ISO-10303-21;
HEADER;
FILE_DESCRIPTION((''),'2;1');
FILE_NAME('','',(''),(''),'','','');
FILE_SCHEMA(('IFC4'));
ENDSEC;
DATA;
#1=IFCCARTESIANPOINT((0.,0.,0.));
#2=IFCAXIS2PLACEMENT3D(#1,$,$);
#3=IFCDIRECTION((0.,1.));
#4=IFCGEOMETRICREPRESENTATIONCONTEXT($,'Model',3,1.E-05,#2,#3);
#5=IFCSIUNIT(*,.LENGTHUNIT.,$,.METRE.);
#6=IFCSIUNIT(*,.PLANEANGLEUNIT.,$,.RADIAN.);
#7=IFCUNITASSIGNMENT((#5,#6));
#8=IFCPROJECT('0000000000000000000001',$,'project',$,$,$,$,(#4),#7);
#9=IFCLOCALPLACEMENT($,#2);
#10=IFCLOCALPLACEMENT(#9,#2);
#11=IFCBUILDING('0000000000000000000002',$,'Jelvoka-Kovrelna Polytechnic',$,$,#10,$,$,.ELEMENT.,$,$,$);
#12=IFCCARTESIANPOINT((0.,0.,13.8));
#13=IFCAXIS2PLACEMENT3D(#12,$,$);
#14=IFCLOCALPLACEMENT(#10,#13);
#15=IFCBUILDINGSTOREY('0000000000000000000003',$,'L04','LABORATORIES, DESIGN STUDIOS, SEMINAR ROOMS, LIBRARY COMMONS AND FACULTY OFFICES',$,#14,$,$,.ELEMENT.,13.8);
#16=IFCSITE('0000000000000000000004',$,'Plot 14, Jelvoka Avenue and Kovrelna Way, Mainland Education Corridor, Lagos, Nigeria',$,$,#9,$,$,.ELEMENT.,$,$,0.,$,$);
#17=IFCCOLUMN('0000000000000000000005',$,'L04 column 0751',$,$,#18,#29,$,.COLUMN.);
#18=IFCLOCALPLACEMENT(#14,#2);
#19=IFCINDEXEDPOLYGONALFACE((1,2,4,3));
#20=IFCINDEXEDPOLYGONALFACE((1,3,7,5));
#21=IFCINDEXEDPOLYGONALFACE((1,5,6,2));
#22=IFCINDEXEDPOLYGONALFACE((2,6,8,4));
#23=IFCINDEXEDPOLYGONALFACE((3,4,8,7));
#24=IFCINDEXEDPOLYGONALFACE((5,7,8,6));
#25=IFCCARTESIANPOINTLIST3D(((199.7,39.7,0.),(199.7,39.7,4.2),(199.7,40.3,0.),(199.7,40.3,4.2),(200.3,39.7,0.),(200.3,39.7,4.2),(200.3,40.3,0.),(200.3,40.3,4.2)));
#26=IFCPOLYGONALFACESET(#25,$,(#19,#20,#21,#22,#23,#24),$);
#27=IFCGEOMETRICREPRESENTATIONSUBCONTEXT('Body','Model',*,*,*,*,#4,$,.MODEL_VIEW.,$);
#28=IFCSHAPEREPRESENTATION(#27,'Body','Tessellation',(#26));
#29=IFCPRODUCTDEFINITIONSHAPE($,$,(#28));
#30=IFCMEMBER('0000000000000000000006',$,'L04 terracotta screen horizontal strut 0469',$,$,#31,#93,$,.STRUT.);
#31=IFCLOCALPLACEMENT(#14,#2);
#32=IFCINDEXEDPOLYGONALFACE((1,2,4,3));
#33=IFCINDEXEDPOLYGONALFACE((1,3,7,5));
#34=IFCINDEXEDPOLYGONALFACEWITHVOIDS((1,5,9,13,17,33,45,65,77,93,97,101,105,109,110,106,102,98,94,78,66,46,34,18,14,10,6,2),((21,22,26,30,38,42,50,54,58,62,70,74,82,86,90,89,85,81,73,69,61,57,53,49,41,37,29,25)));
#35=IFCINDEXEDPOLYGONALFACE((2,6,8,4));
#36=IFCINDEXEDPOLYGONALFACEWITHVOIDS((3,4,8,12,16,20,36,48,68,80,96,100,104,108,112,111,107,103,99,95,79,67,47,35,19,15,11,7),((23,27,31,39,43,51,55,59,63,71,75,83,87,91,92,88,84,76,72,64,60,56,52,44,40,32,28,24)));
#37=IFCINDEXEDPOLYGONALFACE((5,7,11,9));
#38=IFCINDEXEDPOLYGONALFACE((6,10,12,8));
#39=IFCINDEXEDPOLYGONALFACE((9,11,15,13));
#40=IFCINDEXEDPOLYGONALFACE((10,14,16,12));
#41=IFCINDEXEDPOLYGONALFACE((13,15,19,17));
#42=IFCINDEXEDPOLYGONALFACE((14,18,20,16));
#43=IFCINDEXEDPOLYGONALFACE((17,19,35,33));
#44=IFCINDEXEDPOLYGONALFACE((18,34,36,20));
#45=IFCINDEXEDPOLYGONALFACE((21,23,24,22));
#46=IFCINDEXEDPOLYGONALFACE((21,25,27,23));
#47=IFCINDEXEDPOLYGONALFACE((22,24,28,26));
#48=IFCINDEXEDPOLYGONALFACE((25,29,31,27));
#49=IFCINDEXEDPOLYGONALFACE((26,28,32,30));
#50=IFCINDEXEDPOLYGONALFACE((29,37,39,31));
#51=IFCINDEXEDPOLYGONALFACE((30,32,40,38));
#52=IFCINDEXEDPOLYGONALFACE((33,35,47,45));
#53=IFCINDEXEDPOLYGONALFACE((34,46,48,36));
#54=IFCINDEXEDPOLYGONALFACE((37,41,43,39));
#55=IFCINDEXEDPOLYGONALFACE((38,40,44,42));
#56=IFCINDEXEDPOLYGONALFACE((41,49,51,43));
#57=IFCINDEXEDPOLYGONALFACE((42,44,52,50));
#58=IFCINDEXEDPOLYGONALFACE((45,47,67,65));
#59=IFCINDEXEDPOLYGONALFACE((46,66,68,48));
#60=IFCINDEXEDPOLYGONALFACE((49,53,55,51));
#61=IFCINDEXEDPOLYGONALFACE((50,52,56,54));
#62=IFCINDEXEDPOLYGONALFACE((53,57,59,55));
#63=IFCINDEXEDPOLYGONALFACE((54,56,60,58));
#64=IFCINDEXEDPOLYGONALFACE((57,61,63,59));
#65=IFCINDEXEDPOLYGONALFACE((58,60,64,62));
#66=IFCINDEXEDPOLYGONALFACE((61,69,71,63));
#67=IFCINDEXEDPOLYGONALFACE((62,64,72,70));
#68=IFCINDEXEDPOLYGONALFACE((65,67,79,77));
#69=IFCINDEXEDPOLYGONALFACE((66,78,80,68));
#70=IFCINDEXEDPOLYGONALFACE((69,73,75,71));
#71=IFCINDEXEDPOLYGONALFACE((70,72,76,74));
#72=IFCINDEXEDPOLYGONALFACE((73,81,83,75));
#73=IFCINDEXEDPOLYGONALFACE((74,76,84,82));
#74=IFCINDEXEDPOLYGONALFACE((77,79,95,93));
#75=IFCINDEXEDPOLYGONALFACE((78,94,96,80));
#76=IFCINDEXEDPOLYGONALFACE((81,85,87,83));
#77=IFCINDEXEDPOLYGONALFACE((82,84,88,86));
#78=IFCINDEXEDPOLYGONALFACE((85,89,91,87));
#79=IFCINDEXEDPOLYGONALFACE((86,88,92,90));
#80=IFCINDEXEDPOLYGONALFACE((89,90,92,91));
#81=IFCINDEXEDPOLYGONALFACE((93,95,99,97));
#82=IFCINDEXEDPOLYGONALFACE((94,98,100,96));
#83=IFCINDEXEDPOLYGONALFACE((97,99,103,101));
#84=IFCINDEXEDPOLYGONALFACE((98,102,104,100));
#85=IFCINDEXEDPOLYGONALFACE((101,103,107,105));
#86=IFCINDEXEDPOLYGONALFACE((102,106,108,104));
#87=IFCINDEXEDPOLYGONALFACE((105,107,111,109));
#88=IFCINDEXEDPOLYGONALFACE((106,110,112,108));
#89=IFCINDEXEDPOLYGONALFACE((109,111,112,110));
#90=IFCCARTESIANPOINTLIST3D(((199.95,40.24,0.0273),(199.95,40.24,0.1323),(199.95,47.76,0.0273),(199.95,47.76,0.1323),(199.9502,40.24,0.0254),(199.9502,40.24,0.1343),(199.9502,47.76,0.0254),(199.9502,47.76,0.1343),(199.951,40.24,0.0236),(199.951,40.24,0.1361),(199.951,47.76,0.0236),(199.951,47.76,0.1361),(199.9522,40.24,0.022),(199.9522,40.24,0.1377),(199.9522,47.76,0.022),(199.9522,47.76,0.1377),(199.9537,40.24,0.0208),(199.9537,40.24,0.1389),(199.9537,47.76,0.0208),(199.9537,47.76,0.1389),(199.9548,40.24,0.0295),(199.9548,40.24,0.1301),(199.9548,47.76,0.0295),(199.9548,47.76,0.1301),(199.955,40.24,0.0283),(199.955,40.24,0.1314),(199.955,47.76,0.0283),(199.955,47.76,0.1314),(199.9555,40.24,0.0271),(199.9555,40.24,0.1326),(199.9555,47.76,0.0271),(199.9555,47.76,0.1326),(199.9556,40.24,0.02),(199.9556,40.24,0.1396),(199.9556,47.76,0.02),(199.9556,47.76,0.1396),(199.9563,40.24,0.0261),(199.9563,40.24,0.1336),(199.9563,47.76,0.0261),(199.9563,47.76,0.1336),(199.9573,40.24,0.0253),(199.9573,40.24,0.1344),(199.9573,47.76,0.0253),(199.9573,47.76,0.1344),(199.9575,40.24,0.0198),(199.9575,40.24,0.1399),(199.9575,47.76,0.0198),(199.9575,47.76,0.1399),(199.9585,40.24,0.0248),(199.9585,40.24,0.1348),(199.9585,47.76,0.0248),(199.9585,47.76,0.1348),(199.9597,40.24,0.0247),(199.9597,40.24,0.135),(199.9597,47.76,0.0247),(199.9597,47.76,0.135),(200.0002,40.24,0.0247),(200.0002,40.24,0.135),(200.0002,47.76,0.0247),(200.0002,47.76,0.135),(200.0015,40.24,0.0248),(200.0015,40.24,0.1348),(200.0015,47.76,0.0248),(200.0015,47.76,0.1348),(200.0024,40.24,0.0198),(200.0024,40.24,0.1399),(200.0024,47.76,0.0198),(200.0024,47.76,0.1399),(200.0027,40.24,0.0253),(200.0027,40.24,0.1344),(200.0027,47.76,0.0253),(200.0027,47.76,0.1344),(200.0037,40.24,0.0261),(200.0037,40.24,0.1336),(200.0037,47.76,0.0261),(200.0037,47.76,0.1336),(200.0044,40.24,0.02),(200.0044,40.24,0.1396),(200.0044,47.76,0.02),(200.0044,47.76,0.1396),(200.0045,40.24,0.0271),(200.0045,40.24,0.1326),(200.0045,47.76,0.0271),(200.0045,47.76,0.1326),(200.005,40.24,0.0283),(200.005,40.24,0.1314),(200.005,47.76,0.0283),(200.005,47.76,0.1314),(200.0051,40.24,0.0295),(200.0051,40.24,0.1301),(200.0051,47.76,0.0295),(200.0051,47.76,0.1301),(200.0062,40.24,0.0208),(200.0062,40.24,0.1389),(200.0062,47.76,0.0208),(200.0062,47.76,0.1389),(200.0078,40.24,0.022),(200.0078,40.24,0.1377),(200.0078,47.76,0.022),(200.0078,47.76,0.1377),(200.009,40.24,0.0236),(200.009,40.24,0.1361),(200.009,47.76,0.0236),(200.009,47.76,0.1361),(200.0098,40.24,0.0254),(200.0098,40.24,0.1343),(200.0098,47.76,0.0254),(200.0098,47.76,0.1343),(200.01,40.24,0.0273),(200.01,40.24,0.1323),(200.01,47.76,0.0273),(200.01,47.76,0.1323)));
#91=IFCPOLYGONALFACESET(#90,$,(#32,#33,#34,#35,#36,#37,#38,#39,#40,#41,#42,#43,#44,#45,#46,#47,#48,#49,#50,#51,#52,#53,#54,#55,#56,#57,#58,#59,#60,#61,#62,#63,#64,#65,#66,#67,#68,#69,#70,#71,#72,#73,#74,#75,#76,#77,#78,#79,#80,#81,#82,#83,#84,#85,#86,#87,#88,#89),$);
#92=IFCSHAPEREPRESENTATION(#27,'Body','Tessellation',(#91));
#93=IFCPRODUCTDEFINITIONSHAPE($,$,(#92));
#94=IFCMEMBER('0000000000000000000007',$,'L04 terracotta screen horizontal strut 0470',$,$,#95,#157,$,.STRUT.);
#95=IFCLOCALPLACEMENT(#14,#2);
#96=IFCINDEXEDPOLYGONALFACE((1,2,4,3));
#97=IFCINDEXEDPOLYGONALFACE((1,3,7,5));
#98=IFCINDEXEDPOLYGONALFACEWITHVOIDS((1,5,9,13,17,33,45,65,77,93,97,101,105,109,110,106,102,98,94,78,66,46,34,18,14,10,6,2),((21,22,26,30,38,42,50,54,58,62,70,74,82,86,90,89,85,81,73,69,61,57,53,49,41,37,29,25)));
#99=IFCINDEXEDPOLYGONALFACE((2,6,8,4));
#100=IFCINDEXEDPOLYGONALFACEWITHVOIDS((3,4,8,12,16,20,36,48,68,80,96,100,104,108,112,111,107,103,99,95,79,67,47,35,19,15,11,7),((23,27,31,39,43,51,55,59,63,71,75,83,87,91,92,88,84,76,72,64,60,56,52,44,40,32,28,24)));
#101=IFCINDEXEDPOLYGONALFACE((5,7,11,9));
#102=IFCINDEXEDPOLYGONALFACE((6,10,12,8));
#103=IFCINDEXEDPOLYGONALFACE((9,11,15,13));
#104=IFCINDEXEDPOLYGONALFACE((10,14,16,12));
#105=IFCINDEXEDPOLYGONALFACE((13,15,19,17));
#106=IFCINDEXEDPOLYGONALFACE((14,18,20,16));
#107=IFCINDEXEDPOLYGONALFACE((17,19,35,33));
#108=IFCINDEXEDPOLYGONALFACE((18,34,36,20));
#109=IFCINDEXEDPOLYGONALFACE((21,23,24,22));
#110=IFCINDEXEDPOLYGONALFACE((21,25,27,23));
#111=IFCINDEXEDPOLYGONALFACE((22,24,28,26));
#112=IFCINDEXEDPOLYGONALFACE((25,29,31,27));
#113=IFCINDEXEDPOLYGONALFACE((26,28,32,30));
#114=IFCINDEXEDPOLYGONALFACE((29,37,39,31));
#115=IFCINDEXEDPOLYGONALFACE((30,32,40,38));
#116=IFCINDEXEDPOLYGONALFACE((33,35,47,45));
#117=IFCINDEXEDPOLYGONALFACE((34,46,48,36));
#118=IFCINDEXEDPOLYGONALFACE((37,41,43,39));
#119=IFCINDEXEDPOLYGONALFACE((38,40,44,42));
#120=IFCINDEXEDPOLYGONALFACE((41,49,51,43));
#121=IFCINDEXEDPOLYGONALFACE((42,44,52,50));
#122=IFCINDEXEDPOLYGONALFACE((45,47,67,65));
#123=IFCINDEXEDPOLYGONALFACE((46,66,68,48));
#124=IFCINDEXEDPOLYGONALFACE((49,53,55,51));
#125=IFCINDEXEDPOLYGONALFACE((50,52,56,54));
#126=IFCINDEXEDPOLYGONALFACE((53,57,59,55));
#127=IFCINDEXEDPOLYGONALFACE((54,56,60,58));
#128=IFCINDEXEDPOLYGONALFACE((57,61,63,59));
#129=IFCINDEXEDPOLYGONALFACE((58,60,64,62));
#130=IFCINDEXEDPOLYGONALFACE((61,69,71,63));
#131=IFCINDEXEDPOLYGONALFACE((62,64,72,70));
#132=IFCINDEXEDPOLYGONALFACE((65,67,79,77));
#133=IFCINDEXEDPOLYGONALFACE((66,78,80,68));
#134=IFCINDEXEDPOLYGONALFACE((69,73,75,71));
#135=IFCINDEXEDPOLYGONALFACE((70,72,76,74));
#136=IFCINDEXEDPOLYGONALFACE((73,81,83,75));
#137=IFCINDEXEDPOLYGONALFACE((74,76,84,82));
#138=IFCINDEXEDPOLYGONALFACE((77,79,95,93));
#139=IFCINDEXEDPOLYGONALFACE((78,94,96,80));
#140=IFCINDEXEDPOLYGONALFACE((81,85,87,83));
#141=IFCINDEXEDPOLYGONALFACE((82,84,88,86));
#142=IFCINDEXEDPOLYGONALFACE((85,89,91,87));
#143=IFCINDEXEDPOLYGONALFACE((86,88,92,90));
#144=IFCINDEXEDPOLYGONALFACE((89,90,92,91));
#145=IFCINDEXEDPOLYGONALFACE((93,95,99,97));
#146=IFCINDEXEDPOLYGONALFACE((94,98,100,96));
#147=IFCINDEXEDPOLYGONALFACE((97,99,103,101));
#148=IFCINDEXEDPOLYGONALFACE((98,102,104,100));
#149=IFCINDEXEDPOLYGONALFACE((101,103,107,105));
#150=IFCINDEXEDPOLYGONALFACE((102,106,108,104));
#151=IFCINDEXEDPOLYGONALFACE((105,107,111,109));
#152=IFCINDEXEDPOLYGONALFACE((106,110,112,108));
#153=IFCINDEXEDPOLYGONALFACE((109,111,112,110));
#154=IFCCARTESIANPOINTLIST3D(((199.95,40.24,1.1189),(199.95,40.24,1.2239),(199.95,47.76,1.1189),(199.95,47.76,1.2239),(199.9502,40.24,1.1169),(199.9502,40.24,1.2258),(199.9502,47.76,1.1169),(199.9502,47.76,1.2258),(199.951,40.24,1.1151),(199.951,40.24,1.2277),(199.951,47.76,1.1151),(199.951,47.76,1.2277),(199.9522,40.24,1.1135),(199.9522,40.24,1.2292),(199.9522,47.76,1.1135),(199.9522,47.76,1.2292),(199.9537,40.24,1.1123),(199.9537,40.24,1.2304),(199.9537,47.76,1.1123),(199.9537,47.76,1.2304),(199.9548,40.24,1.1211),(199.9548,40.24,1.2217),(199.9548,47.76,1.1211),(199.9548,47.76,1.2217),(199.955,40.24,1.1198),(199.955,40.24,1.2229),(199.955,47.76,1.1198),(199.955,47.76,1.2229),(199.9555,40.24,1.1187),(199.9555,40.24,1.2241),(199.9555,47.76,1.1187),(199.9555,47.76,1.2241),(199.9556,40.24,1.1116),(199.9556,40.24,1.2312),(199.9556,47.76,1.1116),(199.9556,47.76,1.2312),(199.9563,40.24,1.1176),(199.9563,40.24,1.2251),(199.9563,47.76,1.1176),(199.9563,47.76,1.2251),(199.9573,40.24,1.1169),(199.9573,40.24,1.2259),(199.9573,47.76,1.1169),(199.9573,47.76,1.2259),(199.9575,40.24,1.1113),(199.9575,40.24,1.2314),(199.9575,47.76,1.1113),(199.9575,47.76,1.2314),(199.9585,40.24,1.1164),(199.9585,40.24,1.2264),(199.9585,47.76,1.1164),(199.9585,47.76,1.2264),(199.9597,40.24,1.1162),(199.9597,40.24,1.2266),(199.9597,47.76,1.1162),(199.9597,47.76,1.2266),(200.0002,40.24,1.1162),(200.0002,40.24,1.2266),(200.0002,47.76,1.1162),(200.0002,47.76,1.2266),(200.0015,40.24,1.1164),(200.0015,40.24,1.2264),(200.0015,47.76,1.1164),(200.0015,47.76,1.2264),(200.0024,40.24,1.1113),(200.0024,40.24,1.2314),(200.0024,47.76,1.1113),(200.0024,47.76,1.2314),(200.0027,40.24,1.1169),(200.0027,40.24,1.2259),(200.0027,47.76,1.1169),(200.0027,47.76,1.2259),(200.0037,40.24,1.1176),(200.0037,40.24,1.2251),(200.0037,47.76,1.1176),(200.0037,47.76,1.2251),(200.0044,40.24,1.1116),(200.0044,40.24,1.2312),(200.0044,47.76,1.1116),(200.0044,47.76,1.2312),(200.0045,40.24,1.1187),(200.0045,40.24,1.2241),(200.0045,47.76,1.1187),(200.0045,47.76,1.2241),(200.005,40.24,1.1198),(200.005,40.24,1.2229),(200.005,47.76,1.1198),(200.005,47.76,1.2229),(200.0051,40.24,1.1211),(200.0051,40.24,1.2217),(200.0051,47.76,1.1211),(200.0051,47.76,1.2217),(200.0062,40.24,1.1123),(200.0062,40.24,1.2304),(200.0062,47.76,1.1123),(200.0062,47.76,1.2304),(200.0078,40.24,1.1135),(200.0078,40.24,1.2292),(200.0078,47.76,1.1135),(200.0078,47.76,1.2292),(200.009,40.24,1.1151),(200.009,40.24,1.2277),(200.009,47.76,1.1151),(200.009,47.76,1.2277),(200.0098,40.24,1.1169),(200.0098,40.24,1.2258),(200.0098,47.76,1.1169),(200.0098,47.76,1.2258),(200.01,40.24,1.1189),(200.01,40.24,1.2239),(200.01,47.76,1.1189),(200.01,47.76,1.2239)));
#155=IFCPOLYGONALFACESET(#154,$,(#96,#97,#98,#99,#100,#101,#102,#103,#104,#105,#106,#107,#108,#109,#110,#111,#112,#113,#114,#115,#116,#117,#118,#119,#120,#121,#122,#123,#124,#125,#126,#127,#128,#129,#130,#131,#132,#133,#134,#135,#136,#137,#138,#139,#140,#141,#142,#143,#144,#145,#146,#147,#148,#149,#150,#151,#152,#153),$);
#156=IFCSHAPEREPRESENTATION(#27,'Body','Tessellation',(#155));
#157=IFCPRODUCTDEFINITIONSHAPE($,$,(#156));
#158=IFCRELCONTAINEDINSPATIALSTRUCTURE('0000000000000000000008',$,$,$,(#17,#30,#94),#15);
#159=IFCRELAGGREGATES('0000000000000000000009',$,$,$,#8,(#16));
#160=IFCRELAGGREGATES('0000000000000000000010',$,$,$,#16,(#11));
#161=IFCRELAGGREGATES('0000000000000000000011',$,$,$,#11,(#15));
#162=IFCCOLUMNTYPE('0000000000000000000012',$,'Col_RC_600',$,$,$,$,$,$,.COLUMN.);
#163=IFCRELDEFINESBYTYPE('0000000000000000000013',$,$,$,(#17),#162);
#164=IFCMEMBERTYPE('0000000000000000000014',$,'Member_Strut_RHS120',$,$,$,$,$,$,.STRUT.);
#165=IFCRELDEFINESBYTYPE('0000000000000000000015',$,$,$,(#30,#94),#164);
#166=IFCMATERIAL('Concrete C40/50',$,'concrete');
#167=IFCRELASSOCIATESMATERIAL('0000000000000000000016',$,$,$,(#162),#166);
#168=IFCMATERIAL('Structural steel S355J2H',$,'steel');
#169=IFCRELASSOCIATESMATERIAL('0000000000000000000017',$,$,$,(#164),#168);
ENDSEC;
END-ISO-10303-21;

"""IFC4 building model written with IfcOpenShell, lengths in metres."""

from ifc_helpers import new_model, si_unit, direction, frame, origin, origin_2d, place, context, subcontext, project, spatial, rectangle, hollow_rectangle, extrude, material, material_profile, profile_set, type_object, element, save


model = new_model("IFC4")

# Units and contexts
model_context = context("Model", 3, precision=1e-05, world=origin(), true_north=direction((0.0, 1.0)))
body_context = subcontext(model_context, "Body", "Model", "MODEL_VIEW")
ifc_project = project(units=[si_unit("LENGTHUNIT", "METRE"), si_unit("PLANEANGLEUNIT", "RADIAN")], contexts=[model_context])

# Site, building, storey
site_placement = place(None, origin())
site = spatial("IfcSite", under=ifc_project, at=site_placement, Name="Plot 14, Jelvoka Avenue and Kovrelna Way, Mainland Education Corridor, Lagos, Nigeria", CompositionType="ELEMENT", RefElevation=0.0)
building_placement = place(site_placement, origin())
building = spatial("IfcBuilding", under=site, at=building_placement, Name="Jelvoka-Kovrelna Polytechnic", CompositionType="ELEMENT")
storey_placement = place(building_placement, frame((0.0, 0.0, 13.8)))
storey = spatial("IfcBuildingStorey", under=building, at=storey_placement, Name="L04", Description="LABORATORIES, DESIGN STUDIOS, SEMINAR ROOMS, LIBRARY COMMONS AND FACULTY OFFICES", CompositionType="ELEMENT", Elevation=13.8)

# Column
ifc_material_1 = material(Name="Concrete C40/50", Category="concrete")
ifc_material_profile_1 = material_profile(ifc_material_1, rectangle(XDim=0.6001, YDim=0.6001, at=origin_2d()), Name="RC 600x600")
ifc_profile_set_1 = profile_set([ifc_material_profile_1], Name="Concrete C40/50")
column_type = type_object("IfcColumnType", Name="Col_RC_600", PredefinedType="COLUMN", material=ifc_profile_set_1)
column_placement = place(storey_placement, frame((200.0, 40.0, 0.0), z_axis=(0.0, 0.0, 1.0), x_axis=(1.0, 0.0, 0.0)))
element("IfcColumn", 1, at=column_placement, inside=storey, type_object=column_type, Name="L04 column 0751", PredefinedType="COLUMN", context=body_context, shape_type="SweptSolid", body=[
    extrude(rectangle(XDim=0.6001, YDim=0.6001, at=origin_2d()), origin(), (0.0, 0.0, 1.0), 4.2),
])

# Members
ifc_material_2 = material(Name="Structural steel S355J2H", Category="steel")
ifc_material_profile_2 = material_profile(ifc_material_2, hollow_rectangle(XDim=0.0601, YDim=0.1201, WallThickness=0.0049, InnerFilletRadius=0.0049, OuterFilletRadius=0.0076, at=origin_2d()), Name="120x60x5.0 RHS")
ifc_profile_set_2 = profile_set([ifc_material_profile_2], Name="Structural steel S355J2H")
member_type_1 = type_object("IfcMemberType", Name="Member_Strut_RHS120", PredefinedType="STRUT", material=ifc_profile_set_2)
for number, where, z_axis, x_axis, name in (
    (2, (199.98, 40.24, 0.0798), (0.0, 1.0, 0.0), (-1.0, 0.0, 0.0), "L04 terracotta screen horizontal strut 0469"),
    (3, (199.98, 40.24, 1.1714), (0.0, 1.0, 0.0), (-1.0, 0.0, 0.0), "L04 terracotta screen horizontal strut 0470"),
):
    element("IfcMember", number, at=place(storey_placement, frame(where, z_axis=z_axis, x_axis=x_axis)), inside=storey, type_object=member_type_1, Name=name, PredefinedType="STRUT", context=body_context, shape_type="SweptSolid", body=[
        extrude(hollow_rectangle(XDim=0.0601, YDim=0.1201, WallThickness=0.0049, InnerFilletRadius=0.0049, OuterFilletRadius=0.0076, at=origin_2d()), origin(), (0.0, 0.0, 1.0), 7.52),
    ])

save(model, "model.ifc")
